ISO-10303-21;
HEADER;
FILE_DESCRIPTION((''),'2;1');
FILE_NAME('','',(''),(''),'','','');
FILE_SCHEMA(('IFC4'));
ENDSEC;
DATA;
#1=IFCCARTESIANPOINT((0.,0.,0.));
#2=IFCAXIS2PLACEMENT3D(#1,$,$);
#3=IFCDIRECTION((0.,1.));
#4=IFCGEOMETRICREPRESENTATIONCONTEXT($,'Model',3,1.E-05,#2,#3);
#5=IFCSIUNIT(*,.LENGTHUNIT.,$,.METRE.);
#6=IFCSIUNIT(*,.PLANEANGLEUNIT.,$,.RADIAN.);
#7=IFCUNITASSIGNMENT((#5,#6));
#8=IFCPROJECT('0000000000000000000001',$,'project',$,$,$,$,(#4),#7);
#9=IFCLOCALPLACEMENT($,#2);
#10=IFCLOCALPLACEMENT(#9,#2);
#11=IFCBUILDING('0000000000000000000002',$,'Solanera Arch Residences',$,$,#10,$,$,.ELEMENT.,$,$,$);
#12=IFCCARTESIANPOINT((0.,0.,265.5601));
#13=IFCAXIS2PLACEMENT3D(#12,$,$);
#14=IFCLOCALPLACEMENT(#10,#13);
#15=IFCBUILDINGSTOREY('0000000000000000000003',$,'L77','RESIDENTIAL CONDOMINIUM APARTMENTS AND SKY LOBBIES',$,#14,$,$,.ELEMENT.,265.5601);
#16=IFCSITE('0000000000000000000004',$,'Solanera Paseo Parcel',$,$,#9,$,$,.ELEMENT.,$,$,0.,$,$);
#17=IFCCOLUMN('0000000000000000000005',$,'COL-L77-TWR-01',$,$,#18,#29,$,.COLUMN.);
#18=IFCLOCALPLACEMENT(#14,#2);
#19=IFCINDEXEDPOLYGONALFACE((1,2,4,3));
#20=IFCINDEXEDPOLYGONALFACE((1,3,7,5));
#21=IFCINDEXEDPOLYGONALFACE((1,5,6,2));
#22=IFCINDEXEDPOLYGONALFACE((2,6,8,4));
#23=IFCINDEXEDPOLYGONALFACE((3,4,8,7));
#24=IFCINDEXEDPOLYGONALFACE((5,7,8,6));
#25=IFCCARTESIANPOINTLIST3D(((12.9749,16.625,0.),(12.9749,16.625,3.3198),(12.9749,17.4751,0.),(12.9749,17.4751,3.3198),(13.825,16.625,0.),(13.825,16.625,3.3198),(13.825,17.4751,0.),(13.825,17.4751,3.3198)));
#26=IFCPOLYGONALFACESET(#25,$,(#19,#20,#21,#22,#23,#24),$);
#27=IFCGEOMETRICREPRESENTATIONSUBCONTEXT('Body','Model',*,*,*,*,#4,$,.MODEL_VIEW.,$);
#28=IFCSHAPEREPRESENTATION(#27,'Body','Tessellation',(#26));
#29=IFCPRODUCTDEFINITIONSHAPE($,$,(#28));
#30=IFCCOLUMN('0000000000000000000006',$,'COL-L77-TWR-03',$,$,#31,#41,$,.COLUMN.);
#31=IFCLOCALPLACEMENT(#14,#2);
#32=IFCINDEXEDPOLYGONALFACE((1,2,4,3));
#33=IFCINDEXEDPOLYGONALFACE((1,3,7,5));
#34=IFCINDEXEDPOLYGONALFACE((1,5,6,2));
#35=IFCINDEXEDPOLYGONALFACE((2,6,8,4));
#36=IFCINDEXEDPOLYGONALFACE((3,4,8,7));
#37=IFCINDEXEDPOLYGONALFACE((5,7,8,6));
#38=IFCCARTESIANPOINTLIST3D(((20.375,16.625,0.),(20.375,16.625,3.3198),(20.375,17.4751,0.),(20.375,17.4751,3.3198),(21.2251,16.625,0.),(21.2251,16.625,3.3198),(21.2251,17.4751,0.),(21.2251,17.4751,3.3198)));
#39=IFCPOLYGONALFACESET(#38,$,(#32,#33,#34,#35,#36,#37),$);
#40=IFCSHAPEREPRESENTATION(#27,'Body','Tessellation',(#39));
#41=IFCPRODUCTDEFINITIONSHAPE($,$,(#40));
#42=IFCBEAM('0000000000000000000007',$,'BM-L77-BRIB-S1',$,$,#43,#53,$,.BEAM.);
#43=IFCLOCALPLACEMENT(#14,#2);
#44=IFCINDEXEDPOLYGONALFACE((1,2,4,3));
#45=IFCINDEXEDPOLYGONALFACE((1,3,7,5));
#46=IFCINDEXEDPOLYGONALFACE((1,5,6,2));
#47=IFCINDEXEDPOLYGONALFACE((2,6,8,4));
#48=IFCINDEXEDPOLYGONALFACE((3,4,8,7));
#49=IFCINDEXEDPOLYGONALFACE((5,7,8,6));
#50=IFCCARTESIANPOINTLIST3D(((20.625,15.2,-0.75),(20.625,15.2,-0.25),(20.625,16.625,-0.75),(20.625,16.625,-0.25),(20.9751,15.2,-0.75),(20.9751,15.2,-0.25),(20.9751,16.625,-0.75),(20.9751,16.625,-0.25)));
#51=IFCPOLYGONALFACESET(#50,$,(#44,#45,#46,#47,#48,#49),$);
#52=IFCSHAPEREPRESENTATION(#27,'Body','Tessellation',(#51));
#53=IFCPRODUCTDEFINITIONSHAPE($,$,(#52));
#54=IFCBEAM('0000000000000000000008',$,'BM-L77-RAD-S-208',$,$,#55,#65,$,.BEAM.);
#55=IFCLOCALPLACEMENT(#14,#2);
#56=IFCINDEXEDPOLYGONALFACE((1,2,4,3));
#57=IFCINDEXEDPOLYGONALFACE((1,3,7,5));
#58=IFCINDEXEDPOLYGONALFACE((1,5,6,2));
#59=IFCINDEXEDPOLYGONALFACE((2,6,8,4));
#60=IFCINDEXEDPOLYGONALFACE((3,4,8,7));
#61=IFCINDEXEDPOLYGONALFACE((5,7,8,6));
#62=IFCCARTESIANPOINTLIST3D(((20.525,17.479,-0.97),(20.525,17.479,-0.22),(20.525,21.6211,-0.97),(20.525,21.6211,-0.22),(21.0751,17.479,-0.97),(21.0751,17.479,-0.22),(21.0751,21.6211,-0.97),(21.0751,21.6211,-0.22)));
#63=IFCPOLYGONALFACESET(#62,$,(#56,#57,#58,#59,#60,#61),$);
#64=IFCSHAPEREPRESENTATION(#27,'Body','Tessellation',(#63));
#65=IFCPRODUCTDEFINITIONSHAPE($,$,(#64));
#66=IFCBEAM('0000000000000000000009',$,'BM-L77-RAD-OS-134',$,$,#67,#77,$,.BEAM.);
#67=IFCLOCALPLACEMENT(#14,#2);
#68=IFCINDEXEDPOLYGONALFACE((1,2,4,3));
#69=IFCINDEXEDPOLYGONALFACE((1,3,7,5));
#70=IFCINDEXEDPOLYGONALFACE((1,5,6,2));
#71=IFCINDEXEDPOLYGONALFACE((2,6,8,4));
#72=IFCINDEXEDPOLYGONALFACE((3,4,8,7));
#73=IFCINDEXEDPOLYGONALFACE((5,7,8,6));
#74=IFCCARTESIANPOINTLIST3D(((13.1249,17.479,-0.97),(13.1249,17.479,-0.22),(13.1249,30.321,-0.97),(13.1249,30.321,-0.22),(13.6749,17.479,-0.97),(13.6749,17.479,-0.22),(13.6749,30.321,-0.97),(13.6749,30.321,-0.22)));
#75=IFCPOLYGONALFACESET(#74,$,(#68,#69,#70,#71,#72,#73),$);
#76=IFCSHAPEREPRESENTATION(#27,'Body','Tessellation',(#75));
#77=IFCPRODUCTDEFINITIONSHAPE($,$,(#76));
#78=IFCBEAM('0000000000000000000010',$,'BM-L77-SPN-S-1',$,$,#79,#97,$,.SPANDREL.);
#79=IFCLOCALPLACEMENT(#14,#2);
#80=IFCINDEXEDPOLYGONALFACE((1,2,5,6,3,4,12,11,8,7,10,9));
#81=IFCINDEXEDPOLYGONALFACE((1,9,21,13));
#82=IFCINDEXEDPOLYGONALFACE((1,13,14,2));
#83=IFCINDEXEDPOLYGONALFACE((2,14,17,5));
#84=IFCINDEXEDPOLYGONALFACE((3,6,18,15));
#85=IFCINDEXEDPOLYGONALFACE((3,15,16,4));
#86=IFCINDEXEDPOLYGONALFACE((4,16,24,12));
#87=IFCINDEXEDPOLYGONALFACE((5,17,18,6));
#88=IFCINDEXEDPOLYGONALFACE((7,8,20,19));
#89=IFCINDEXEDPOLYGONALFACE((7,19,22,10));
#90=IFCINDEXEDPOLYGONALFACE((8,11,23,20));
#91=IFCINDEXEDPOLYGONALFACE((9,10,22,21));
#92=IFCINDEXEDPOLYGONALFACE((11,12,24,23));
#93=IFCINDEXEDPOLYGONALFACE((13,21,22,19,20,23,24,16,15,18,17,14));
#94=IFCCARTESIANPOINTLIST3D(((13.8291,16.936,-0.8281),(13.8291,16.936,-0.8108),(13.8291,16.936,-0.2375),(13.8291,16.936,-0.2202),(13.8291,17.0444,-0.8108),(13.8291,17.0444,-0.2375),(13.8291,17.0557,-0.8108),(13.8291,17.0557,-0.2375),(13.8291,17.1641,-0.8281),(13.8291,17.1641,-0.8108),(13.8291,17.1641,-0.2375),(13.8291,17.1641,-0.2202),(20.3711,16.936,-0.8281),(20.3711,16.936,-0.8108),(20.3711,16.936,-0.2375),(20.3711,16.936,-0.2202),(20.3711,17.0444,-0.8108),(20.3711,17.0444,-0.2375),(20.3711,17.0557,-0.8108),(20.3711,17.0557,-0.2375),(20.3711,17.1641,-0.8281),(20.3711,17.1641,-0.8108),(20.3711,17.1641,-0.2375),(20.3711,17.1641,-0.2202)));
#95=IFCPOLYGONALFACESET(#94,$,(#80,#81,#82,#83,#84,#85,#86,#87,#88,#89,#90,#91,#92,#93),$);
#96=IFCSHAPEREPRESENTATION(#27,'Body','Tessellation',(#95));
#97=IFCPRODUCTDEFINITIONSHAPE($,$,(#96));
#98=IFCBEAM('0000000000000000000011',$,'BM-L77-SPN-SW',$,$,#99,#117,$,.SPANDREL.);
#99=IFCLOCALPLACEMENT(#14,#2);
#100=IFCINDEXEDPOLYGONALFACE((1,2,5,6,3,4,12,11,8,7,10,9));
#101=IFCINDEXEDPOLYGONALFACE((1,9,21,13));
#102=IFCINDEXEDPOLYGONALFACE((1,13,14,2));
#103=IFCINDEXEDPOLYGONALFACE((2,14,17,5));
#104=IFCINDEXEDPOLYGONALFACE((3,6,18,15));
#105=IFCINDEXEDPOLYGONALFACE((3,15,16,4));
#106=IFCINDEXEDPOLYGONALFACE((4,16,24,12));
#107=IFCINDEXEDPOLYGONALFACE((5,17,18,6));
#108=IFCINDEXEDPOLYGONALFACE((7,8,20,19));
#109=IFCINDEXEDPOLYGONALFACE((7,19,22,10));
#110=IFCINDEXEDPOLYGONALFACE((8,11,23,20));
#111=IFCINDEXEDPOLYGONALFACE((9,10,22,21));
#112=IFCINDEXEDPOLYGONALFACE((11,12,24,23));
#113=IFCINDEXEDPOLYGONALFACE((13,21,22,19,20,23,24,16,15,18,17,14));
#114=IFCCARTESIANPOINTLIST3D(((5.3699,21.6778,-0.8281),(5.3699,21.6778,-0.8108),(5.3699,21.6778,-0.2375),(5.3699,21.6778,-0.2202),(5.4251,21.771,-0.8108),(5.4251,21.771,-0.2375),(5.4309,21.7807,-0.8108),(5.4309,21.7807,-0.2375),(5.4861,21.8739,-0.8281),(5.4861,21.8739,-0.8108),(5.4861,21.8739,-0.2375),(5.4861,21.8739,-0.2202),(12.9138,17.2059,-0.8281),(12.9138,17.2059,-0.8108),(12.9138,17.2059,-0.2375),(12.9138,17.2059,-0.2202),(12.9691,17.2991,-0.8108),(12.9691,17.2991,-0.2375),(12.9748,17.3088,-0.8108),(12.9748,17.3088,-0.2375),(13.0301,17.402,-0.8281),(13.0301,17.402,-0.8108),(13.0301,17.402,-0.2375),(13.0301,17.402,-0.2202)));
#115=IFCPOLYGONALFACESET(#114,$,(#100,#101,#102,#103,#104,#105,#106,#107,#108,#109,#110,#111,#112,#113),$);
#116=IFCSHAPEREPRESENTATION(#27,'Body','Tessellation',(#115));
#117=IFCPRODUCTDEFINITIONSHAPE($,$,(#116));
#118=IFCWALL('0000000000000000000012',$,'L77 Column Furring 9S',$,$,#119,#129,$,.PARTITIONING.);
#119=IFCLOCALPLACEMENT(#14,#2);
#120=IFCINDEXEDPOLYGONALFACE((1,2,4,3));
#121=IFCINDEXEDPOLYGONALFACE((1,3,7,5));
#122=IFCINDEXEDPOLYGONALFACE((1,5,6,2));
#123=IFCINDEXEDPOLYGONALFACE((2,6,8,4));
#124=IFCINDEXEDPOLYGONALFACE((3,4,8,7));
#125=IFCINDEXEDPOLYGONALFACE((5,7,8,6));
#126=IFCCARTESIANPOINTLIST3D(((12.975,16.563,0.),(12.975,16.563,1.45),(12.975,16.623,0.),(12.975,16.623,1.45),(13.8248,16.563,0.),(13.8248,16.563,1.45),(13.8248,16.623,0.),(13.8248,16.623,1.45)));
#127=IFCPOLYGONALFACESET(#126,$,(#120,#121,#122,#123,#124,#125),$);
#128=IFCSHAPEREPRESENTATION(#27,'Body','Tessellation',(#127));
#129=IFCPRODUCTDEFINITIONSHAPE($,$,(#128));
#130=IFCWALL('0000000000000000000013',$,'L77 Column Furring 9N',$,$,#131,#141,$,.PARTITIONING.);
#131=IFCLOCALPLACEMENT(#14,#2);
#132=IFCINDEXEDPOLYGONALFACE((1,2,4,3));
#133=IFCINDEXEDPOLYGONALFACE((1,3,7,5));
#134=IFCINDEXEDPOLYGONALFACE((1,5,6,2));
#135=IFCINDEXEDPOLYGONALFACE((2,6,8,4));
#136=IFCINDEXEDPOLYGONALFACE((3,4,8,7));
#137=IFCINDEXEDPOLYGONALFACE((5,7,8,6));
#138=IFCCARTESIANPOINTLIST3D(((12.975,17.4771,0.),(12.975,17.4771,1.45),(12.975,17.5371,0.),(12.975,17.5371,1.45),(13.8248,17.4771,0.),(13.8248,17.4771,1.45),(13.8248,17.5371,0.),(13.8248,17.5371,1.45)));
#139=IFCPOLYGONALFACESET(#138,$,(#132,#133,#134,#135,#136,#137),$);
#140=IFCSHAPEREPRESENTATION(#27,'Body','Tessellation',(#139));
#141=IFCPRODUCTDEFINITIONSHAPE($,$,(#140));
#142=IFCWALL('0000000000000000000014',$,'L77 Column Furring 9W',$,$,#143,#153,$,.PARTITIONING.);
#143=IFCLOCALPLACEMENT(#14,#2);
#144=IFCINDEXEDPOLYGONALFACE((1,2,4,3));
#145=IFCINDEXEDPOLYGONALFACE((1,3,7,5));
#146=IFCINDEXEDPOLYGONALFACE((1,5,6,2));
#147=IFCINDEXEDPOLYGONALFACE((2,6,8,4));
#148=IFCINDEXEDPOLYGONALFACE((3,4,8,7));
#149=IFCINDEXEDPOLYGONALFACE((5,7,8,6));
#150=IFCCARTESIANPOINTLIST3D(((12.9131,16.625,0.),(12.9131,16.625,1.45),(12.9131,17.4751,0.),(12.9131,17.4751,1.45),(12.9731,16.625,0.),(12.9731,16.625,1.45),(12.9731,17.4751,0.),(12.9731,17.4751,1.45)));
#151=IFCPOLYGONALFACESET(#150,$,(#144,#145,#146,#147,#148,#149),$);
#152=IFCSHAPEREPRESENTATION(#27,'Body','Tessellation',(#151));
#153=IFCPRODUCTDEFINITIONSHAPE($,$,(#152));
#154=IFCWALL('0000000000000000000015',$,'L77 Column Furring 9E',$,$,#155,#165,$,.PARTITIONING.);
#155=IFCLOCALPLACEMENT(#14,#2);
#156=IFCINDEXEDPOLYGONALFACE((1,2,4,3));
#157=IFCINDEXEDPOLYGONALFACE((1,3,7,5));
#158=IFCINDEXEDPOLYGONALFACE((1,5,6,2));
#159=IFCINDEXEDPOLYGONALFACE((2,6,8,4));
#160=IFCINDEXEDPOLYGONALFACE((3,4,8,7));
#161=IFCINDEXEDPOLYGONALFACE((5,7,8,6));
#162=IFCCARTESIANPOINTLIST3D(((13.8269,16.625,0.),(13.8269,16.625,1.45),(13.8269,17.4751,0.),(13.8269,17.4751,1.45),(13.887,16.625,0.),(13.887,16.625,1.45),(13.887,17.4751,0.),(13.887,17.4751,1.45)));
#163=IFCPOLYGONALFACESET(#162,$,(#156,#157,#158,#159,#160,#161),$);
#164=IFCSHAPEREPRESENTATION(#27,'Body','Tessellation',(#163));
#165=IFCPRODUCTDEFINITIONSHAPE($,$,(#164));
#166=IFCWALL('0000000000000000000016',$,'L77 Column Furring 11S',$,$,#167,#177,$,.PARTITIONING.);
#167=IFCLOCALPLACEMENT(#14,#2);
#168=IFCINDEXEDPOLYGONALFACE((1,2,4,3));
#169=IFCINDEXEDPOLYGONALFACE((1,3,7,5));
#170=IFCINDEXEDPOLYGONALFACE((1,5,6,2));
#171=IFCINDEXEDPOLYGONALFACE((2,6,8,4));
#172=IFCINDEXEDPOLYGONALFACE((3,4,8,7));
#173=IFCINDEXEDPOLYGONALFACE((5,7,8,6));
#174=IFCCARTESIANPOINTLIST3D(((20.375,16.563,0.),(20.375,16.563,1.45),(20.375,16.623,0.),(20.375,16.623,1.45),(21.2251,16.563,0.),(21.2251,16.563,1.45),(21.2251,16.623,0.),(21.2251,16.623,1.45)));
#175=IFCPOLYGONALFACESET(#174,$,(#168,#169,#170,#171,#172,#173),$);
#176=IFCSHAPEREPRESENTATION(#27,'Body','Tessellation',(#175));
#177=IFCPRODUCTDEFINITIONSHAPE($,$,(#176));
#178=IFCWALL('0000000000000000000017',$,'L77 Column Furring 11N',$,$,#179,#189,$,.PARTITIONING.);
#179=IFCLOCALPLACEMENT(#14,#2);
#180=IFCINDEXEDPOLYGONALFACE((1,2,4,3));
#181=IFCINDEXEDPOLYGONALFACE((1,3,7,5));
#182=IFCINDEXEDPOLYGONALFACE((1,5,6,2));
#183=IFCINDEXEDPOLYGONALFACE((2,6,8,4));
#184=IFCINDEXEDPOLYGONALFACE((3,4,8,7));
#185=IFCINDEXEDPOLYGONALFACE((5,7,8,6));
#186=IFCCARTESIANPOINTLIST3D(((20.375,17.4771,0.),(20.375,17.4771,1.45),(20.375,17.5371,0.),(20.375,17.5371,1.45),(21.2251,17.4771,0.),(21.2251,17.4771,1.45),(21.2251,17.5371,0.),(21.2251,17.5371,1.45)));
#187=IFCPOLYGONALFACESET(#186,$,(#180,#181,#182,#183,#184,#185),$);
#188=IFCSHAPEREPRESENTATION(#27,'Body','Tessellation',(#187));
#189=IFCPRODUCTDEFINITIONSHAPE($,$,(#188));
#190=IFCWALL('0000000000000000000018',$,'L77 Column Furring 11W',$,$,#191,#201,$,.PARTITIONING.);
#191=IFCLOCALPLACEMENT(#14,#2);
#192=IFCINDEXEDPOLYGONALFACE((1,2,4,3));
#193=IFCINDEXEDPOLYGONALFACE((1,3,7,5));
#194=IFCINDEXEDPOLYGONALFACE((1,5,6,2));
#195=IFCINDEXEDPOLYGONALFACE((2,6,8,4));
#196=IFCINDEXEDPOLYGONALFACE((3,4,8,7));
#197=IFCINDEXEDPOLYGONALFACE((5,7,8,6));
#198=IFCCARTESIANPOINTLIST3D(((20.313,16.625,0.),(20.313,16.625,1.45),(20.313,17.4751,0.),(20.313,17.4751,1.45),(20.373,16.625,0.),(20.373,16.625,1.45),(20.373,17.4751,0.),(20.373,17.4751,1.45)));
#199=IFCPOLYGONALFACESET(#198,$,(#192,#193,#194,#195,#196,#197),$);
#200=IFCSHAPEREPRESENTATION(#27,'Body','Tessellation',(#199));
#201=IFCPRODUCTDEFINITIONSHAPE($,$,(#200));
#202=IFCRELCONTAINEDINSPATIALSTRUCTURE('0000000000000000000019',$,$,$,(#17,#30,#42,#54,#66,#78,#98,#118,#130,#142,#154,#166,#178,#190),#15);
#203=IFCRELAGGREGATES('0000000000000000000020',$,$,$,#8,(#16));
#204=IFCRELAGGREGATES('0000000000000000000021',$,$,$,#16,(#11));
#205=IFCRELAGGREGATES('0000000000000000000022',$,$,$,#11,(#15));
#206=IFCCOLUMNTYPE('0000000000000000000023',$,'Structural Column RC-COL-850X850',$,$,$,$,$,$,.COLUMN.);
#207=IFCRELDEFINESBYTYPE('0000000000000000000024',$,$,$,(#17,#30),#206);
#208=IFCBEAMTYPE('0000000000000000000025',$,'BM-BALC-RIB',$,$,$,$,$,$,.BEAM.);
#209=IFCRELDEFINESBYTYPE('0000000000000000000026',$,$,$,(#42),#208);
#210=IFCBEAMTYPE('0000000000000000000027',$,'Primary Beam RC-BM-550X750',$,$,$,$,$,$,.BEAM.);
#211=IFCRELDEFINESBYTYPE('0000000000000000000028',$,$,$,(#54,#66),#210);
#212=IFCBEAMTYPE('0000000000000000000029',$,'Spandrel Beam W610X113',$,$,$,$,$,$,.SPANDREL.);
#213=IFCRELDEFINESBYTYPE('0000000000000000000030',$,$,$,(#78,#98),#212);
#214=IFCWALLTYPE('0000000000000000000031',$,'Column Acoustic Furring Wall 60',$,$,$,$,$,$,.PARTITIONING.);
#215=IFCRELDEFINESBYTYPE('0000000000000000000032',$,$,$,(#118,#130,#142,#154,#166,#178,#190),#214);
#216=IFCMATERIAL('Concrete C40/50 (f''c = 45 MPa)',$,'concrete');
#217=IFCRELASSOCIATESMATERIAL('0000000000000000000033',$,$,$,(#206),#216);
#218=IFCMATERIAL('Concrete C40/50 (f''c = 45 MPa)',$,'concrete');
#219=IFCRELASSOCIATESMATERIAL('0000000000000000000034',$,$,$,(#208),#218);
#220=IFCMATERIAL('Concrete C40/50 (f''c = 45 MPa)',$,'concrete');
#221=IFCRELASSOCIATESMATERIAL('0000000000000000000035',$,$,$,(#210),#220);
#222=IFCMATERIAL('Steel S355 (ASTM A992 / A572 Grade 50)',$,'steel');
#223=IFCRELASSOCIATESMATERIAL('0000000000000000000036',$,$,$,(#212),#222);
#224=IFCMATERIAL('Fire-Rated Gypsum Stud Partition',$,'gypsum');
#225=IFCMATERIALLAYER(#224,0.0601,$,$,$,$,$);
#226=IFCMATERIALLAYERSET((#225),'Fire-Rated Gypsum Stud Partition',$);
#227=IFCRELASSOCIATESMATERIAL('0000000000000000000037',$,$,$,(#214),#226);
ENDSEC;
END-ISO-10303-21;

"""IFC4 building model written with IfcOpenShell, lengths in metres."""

from ifc_helpers import new_model, si_unit, direction, frame, frame_2d, origin, origin_2d, place, context, subcontext, project, spatial, rectangle, i_section, extrude, material, layer, layer_set, material_profile, profile_set, type_object, element, save


model = new_model("IFC4")

# Units and contexts
model_context = context("Model", 3, precision=1e-05, world=origin(), true_north=direction((0.0, 1.0)))
body_context = subcontext(model_context, "Body", "Model", "MODEL_VIEW")
ifc_project = project(units=[si_unit("LENGTHUNIT", "METRE"), si_unit("PLANEANGLEUNIT", "RADIAN")], contexts=[model_context])

# Site, building, storey
site_placement = place(None, origin())
site = spatial("IfcSite", under=ifc_project, at=site_placement, Name="Solanera Paseo Parcel", CompositionType="ELEMENT", RefElevation=0.0)
building_placement = place(site_placement, origin())
building = spatial("IfcBuilding", under=site, at=building_placement, Name="Solanera Arch Residences", CompositionType="ELEMENT")
storey_placement = place(building_placement, frame((0.0, 0.0, 265.5601)))
storey = spatial("IfcBuildingStorey", under=building, at=storey_placement, Name="L77", Description="RESIDENTIAL CONDOMINIUM APARTMENTS AND SKY LOBBIES", CompositionType="ELEMENT", Elevation=265.5601)

# Columns
ifc_material_1 = material(Name="Concrete C40/50 (f'c = 45 MPa)", Category="concrete")
ifc_material_profile_1 = material_profile(ifc_material_1, rectangle(XDim=0.8501, YDim=0.8501, at=origin_2d()))
ifc_profile_set_1 = profile_set([ifc_material_profile_1], Name="Concrete C40/50 (f'c = 45 MPa)")
column_type = type_object("IfcColumnType", Name="Structural Column RC-COL-850X850", PredefinedType="COLUMN", material=ifc_profile_set_1)
for number, where, z_axis, x_axis, name in (
    (1, (13.3999, 17.05, 0.0), (0.0, 0.0, 1.0), (1.0, 0.0, 0.0), "COL-L77-TWR-01"),
    (2, (20.8, 17.05, 0.0), (0.0, 0.0, 1.0), (1.0, 0.0, 0.0), "COL-L77-TWR-03"),
):
    element("IfcColumn", number, at=place(storey_placement, frame(where, z_axis=z_axis, x_axis=x_axis)), inside=storey, type_object=column_type, Name=name, PredefinedType="COLUMN", context=body_context, shape_type="SweptSolid", body=[
        extrude(rectangle(XDim=0.8501, YDim=0.8501, at=origin_2d()), origin(), (0.0, 0.0, 1.0), 3.3198),
    ])

# Beams
ifc_material_2 = material(Name="Concrete C40/50 (f'c = 45 MPa)", Category="concrete")
ifc_material_profile_2 = material_profile(ifc_material_2, rectangle(XDim=0.3501, YDim=0.5, at=origin_2d()))
ifc_profile_set_2 = profile_set([ifc_material_profile_2], Name="Concrete C40/50 (f'c = 45 MPa)")
beam_type_1 = type_object("IfcBeamType", Name="BM-BALC-RIB", PredefinedType="BEAM", material=ifc_profile_set_2)
beam_1_placement = place(storey_placement, frame((20.8, 15.2, -0.5), z_axis=(0.0, 1.0, 0.0), x_axis=(-1.0, 0.0, 0.0)))
element("IfcBeam", 3, at=beam_1_placement, inside=storey, type_object=beam_type_1, Name="BM-L77-BRIB-S1", PredefinedType="BEAM", context=body_context, shape_type="SweptSolid", body=[
    extrude(rectangle(XDim=0.3501, YDim=0.5, at=origin_2d()), origin(), (0.0, 0.0, 1.0), 1.425),
])
ifc_material_3 = material(Name="Concrete C40/50 (f'c = 45 MPa)", Category="concrete")
ifc_material_profile_3 = material_profile(ifc_material_3, rectangle(XDim=0.55, YDim=0.75, at=origin_2d()))
ifc_profile_set_3 = profile_set([ifc_material_profile_3], Name="Concrete C40/50 (f'c = 45 MPa)")
beam_type_2 = type_object("IfcBeamType", Name="Primary Beam RC-BM-550X750", PredefinedType="BEAM", material=ifc_profile_set_3)
beam_2_placement = place(storey_placement, frame((20.8, 17.479, -0.595), z_axis=(0.0, 1.0, 0.0), x_axis=(-1.0, 0.0, 0.0)))
element("IfcBeam", 4, at=beam_2_placement, inside=storey, type_object=beam_type_2, Name="BM-L77-RAD-S-208", PredefinedType="BEAM", context=body_context, shape_type="SweptSolid", body=[
    extrude(rectangle(XDim=0.55, YDim=0.75, at=origin_2d()), origin(), (0.0, 0.0, 1.0), 4.1421),
])
beam_3_placement = place(storey_placement, frame((13.3999, 17.479, -0.595), z_axis=(0.0, 1.0, 0.0), x_axis=(-1.0, 0.0, 0.0)))
element("IfcBeam", 5, at=beam_3_placement, inside=storey, type_object=beam_type_2, Name="BM-L77-RAD-OS-134", PredefinedType="BEAM", context=body_context, shape_type="SweptSolid", body=[
    extrude(rectangle(XDim=0.55, YDim=0.75, at=origin_2d()), origin(), (0.0, 0.0, 1.0), 12.842),
])
ifc_material_4 = material(Name="Steel S355 (ASTM A992 / A572 Grade 50)", Category="steel")
ifc_material_profile_4 = material_profile(ifc_material_4, i_section(OverallWidth=0.228, OverallDepth=0.6079, WebThickness=0.0112, FlangeThickness=0.0173, at=origin_2d()))
ifc_profile_set_4 = profile_set([ifc_material_profile_4], Name="Steel S355 (ASTM A992 / A572 Grade 50)")
beam_type_3 = type_object("IfcBeamType", Name="Spandrel Beam W610X113", PredefinedType="SPANDREL", material=ifc_profile_set_4)
beam_4_placement = place(storey_placement, frame((13.8291, 17.05, -0.5242), z_axis=(1.0, 0.0, 0.0), x_axis=(0.0, 1.0, 0.0)))
element("IfcBeam", 6, at=beam_4_placement, inside=storey, type_object=beam_type_3, Name="BM-L77-SPN-S-1", PredefinedType="SPANDREL", context=body_context, shape_type="SweptSolid", body=[
    extrude(i_section(OverallWidth=0.228, OverallDepth=0.6079, WebThickness=0.0112, FlangeThickness=0.0173, at=origin_2d()), origin(), (0.0, 0.0, 1.0), 6.542),
])
beam_5_placement = place(storey_placement, frame((12.9719, 17.304, -0.5242), z_axis=(-0.86022, 0.509924, 0.0), x_axis=(-0.509924, -0.86022, 0.0)))
element("IfcBeam", 7, at=beam_5_placement, inside=storey, type_object=beam_type_3, Name="BM-L77-SPN-SW", PredefinedType="SPANDREL", context=body_context, shape_type="SweptSolid", body=[
    extrude(i_section(OverallWidth=0.228, OverallDepth=0.6079, WebThickness=0.0112, FlangeThickness=0.0173, at=origin_2d()), origin(), (0.0, 0.0, 1.0), 8.7698),
])

# Walls
ifc_material_5 = material(Name="Fire-Rated Gypsum Stud Partition", Category="gypsum")
ifc_layer_1 = layer(ifc_material_5, 0.0601)
ifc_layer_set_1 = layer_set([ifc_layer_1], Name="Fire-Rated Gypsum Stud Partition")
wall_type_1 = type_object("IfcWallType", Name="Column Acoustic Furring Wall 60", PredefinedType="PARTITIONING", material=ifc_layer_set_1)
for number, where, z_axis, x_axis, name in (
    (8, (12.9751, 16.593, 0.0), (0.0, 0.0, 1.0), (1.0, 0.0, 0.0), "L77 Column Furring 9S"),
    (9, (12.9751, 17.5071, 0.0), (0.0, 0.0, 1.0), (1.0, 0.0, 0.0), "L77 Column Furring 9N"),
):
    element("IfcWall", number, at=place(storey_placement, frame(where, z_axis=z_axis, x_axis=x_axis)), inside=storey, type_object=wall_type_1, Name=name, PredefinedType="PARTITIONING", context=body_context, shape_type="SweptSolid", body=[
        extrude(rectangle(XDim=0.8499, YDim=0.0601, at=frame_2d((0.4248, 0.0))), origin(), (0.0, 0.0, 1.0), 1.45),
    ])
for number, where, z_axis, x_axis, name in (
    (10, (12.9431, 16.625, 0.0), (0.0, 0.0, 1.0), (0.0, 1.0, 0.0), "L77 Column Furring 9W"),
    (11, (13.8569, 16.625, 0.0), (0.0, 0.0, 1.0), (0.0, 1.0, 0.0), "L77 Column Furring 9E"),
    (12, (20.375, 16.593, 0.0), (0.0, 0.0, 1.0), (1.0, 0.0, 0.0), "L77 Column Furring 11S"),
    (13, (20.375, 17.5071, 0.0), (0.0, 0.0, 1.0), (1.0, 0.0, 0.0), "L77 Column Furring 11N"),
    (14, (20.343, 16.625, 0.0), (0.0, 0.0, 1.0), (0.0, 1.0, 0.0), "L77 Column Furring 11W"),
):
    element("IfcWall", number, at=place(storey_placement, frame(where, z_axis=z_axis, x_axis=x_axis)), inside=storey, type_object=wall_type_1, Name=name, PredefinedType="PARTITIONING", context=body_context, shape_type="SweptSolid", body=[
        extrude(rectangle(XDim=0.8501, YDim=0.0601, at=frame_2d((0.425, 0.0))), origin(), (0.0, 0.0, 1.0), 1.45),
    ])

save(model, "model.ifc")
